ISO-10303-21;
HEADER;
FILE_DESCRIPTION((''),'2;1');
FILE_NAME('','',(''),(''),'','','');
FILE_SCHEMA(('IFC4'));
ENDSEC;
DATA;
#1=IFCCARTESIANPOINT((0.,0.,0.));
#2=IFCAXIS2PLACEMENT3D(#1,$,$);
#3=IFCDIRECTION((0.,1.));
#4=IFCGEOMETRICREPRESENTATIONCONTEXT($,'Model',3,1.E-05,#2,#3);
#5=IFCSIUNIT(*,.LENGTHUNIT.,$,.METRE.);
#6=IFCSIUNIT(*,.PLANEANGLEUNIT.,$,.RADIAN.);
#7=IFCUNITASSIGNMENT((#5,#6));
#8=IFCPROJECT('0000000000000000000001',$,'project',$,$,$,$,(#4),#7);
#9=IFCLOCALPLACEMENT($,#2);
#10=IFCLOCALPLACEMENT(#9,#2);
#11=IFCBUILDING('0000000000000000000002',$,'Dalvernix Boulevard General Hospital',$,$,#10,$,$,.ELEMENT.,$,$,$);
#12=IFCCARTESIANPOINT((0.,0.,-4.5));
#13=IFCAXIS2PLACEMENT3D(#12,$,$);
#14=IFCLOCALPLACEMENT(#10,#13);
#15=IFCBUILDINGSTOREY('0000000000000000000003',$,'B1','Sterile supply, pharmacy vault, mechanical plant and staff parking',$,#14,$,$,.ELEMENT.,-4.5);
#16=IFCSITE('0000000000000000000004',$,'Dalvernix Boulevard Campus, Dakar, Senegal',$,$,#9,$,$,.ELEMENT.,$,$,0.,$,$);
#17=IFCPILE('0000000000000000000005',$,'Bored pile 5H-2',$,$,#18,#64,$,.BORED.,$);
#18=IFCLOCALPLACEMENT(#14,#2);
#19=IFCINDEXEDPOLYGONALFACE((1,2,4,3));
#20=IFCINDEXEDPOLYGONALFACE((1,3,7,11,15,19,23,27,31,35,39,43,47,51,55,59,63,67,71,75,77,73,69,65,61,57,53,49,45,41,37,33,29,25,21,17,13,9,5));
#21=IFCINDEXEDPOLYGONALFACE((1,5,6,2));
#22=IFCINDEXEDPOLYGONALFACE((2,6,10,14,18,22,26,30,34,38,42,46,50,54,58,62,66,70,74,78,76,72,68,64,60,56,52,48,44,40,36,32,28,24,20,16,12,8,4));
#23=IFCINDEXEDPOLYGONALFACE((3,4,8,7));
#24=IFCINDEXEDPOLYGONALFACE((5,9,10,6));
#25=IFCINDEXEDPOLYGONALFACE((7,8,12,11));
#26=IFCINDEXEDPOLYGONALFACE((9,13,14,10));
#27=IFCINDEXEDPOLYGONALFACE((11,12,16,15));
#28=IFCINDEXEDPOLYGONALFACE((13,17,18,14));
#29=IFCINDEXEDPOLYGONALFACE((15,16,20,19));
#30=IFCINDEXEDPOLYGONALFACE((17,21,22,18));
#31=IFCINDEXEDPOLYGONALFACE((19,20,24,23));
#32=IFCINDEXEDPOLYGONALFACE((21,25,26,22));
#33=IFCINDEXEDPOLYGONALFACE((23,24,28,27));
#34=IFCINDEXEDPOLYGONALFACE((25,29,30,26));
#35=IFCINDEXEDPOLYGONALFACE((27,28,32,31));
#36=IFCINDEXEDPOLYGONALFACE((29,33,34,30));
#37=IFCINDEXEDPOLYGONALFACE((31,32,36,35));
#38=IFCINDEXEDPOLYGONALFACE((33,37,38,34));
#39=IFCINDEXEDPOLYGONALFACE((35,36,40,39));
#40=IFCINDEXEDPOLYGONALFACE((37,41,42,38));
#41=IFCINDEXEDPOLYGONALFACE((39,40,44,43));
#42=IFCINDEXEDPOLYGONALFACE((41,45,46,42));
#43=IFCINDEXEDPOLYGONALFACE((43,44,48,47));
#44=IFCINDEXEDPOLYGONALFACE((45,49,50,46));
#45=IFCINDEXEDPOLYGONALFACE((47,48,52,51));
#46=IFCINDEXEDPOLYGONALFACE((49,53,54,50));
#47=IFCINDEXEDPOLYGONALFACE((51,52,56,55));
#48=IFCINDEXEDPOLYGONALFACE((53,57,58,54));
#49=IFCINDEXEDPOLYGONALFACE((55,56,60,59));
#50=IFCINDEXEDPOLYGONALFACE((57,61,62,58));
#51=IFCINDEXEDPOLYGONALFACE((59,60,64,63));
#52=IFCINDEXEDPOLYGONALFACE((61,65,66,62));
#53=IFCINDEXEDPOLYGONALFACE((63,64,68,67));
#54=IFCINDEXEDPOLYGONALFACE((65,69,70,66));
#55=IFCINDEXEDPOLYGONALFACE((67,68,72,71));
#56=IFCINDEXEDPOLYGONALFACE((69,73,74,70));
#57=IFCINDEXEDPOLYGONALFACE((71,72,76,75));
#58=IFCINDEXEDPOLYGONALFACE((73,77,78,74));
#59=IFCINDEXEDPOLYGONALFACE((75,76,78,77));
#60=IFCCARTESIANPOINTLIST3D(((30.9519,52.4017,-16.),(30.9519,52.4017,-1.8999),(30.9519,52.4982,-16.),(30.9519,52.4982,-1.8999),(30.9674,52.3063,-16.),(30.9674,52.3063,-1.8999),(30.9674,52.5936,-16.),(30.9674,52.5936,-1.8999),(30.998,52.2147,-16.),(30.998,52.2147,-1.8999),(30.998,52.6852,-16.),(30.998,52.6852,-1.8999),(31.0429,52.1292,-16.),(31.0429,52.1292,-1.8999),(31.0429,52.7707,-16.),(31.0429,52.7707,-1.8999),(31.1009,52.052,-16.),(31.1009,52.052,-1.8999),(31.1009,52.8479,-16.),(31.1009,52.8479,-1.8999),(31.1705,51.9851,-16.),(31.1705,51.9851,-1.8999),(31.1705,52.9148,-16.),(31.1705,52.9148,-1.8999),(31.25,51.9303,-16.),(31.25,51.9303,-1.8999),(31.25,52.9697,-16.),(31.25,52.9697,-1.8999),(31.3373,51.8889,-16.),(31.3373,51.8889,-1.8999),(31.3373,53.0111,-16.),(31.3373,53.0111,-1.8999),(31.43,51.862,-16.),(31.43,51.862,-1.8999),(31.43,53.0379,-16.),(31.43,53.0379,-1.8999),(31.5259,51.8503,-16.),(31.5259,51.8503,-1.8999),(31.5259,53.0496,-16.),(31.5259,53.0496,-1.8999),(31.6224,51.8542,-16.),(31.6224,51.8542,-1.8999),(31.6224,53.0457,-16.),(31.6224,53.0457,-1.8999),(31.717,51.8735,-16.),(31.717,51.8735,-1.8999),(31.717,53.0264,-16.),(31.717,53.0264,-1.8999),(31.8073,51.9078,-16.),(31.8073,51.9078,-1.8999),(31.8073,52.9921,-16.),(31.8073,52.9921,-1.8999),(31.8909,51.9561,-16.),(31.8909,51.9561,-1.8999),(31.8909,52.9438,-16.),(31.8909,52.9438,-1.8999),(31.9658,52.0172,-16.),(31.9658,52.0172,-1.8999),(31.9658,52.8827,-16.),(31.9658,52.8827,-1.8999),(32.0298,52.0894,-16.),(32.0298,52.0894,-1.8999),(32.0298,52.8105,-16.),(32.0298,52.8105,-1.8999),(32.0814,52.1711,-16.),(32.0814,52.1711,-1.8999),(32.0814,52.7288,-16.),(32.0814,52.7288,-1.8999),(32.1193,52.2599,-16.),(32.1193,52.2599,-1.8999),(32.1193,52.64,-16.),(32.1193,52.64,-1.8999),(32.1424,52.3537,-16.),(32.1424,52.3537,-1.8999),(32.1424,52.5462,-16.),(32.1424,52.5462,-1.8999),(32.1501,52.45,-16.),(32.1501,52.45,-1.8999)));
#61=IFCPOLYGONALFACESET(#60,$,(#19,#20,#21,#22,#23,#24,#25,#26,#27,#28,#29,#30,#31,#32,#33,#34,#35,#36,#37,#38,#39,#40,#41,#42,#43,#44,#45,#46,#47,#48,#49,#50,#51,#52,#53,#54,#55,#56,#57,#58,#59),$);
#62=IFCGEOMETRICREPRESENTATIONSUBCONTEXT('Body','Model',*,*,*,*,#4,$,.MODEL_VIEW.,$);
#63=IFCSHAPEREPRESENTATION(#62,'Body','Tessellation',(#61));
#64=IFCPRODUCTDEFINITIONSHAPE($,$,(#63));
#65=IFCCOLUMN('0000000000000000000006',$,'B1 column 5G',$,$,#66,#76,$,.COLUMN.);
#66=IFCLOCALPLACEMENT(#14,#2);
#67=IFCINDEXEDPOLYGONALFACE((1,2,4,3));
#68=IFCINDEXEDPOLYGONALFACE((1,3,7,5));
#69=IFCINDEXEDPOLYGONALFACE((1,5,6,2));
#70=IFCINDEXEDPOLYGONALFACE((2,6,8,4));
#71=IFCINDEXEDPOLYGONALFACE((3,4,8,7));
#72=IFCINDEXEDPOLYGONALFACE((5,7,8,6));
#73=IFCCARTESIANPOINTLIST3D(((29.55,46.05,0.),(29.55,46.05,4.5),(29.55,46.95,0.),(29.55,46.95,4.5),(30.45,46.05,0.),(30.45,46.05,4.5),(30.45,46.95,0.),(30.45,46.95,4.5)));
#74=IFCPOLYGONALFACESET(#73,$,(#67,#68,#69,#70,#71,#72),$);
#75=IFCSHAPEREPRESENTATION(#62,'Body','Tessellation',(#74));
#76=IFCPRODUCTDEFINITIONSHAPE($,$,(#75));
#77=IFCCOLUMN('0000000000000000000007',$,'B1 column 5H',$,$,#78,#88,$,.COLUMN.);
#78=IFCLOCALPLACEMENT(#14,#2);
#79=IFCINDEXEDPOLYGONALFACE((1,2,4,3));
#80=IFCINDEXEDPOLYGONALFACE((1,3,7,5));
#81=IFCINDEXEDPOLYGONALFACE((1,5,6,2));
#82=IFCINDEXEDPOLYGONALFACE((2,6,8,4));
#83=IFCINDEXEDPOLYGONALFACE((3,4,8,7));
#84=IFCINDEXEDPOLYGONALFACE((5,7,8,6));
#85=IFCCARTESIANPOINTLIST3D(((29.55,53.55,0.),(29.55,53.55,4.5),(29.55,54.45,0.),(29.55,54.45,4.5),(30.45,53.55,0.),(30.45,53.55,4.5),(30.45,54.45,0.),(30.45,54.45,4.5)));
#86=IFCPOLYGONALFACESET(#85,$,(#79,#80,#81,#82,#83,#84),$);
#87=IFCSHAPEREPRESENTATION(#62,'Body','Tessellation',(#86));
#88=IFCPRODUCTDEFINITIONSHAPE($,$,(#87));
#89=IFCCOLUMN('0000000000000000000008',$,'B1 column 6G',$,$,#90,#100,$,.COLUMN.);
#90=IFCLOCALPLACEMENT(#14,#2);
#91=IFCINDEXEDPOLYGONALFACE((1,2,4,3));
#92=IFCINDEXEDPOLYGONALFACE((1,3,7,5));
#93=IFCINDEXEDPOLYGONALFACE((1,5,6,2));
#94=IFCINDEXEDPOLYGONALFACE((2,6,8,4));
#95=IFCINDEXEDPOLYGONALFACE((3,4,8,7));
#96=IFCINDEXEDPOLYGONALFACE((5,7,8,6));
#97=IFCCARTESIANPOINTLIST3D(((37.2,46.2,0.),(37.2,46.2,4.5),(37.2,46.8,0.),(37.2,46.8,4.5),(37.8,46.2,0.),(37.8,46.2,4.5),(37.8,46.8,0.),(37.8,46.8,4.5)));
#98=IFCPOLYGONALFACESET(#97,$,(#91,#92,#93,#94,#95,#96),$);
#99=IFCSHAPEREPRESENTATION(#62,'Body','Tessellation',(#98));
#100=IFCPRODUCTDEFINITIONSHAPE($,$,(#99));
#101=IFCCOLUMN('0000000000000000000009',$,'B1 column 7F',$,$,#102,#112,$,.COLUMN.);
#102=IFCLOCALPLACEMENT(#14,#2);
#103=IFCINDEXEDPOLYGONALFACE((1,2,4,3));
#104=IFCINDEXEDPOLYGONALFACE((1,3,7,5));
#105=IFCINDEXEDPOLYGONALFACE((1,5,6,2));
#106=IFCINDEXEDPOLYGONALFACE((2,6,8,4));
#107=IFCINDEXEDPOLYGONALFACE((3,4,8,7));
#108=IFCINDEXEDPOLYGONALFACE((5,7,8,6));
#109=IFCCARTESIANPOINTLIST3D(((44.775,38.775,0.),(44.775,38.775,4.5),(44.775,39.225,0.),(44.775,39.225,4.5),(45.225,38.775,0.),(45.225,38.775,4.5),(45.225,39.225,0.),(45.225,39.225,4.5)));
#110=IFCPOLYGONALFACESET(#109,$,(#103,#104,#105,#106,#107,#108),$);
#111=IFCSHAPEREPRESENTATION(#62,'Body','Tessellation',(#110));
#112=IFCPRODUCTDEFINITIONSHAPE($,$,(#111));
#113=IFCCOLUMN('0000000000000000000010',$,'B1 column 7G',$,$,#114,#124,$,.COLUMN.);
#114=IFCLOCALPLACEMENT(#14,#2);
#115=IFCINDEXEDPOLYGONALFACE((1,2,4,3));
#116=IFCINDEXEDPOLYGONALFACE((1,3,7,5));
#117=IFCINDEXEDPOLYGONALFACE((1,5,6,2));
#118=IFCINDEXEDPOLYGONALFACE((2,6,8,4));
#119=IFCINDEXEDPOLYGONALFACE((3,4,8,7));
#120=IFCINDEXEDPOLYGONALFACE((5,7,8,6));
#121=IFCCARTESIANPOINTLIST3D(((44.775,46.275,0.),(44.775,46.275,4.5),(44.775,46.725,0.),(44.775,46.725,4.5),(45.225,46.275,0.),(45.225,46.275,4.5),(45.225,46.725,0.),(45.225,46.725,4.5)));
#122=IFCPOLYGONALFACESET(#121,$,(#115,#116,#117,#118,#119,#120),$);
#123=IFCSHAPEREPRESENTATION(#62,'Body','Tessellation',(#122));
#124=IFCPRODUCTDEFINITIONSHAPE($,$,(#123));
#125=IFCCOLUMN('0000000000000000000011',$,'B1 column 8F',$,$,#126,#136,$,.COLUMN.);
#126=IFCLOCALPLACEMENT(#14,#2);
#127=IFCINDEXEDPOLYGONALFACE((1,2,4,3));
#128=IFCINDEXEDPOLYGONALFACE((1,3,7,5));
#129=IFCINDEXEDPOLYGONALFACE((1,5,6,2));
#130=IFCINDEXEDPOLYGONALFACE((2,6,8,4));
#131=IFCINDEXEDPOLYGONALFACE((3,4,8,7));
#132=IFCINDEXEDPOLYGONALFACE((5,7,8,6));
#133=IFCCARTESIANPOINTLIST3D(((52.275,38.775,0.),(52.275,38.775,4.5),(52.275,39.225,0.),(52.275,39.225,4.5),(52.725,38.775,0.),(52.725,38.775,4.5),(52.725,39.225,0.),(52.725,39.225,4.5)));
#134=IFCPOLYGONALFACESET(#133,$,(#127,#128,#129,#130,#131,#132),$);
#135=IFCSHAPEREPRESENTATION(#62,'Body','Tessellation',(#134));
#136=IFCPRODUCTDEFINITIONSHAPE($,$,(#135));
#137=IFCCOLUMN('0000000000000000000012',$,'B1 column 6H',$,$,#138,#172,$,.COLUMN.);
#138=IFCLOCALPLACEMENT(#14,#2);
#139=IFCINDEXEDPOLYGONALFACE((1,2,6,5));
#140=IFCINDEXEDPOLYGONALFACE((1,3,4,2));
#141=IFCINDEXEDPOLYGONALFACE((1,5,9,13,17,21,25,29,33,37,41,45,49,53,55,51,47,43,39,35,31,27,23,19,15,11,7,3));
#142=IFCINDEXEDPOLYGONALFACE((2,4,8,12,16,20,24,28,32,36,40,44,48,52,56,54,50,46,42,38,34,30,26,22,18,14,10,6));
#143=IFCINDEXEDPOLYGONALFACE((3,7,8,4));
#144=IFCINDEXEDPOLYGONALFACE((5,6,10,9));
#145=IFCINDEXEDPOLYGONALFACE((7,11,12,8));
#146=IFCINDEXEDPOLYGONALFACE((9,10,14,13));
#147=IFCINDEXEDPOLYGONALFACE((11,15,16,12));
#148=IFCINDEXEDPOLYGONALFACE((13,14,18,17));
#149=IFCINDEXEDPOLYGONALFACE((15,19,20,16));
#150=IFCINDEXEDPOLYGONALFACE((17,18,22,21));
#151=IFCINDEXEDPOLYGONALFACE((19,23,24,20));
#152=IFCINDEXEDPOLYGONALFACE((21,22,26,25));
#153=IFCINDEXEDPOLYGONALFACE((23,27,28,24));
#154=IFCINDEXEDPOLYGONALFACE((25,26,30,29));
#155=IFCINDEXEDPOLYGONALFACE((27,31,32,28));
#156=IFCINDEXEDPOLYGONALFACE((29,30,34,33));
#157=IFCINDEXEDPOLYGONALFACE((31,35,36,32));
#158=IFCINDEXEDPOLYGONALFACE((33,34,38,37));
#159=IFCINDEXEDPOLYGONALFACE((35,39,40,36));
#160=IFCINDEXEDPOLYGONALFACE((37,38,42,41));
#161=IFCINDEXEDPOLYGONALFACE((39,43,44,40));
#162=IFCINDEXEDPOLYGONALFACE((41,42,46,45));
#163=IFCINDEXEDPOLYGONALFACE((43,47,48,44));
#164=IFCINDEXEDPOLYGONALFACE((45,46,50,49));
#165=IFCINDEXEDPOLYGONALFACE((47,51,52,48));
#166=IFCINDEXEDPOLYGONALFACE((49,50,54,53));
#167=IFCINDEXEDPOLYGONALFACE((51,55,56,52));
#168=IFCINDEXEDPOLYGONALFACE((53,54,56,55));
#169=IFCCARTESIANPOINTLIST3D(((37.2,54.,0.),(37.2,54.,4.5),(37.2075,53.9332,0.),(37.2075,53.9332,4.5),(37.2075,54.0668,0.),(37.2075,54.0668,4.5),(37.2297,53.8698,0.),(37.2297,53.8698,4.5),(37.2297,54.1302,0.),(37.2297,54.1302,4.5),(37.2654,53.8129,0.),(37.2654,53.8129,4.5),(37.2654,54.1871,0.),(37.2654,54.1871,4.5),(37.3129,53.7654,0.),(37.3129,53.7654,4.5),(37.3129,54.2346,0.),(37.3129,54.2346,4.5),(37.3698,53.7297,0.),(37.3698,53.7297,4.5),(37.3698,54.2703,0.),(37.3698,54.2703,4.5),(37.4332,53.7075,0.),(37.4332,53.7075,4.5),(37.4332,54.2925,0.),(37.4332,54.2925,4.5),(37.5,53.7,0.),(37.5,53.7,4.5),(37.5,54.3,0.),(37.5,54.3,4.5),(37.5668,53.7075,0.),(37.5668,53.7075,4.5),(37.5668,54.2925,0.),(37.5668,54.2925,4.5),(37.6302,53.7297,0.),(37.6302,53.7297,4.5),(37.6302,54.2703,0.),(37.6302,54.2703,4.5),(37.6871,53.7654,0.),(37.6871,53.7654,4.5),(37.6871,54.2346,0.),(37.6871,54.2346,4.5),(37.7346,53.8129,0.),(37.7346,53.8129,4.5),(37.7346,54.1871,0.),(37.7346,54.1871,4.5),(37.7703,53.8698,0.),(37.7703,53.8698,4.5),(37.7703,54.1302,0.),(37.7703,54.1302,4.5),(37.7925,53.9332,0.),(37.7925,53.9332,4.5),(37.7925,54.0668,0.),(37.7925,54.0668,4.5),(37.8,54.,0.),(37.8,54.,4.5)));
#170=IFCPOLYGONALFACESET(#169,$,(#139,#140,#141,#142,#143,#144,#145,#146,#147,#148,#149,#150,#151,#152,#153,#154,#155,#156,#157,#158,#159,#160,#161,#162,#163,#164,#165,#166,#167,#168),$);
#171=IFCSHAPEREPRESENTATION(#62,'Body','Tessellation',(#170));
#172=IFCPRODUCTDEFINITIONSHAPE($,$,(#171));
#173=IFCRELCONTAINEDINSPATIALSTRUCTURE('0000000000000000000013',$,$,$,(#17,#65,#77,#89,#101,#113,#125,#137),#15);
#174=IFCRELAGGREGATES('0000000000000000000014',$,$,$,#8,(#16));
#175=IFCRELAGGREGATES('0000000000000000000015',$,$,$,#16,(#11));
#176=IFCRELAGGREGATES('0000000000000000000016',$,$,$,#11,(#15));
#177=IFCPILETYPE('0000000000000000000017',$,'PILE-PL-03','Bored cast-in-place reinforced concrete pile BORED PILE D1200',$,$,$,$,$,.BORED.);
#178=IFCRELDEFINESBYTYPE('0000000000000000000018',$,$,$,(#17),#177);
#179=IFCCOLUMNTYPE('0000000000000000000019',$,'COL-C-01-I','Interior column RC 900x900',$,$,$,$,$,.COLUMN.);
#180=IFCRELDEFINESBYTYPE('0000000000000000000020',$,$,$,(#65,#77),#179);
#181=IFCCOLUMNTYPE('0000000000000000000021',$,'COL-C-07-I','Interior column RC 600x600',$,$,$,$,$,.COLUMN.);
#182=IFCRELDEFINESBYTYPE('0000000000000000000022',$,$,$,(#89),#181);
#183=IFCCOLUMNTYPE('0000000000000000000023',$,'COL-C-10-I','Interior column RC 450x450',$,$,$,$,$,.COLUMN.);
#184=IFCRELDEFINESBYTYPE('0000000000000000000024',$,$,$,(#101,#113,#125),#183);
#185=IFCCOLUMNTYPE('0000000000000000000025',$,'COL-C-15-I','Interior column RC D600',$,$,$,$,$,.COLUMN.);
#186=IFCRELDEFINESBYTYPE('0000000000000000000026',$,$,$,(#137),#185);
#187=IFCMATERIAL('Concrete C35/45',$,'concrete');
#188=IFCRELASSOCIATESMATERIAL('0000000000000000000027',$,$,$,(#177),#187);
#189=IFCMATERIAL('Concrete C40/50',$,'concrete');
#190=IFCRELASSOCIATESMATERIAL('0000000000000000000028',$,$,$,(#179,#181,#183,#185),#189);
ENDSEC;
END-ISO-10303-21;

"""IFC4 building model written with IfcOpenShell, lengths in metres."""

from ifc_helpers import new_model, si_unit, direction, frame, origin, origin_2d, place, context, subcontext, project, spatial, rectangle, circle, extrude, material, material_profile, profile_set, type_object, element, save


model = new_model("IFC4")

# Units and contexts
model_context = context("Model", 3, precision=1e-05, world=origin(), true_north=direction((0.0, 1.0)))
body_context = subcontext(model_context, "Body", "Model", "MODEL_VIEW")
ifc_project = project(units=[si_unit("LENGTHUNIT", "METRE"), si_unit("PLANEANGLEUNIT", "RADIAN")], contexts=[model_context])

# Site, building, storey
site_placement = place(None, origin())
site = spatial("IfcSite", under=ifc_project, at=site_placement, Name="Dalvernix Boulevard Campus, Dakar, Senegal", CompositionType="ELEMENT", RefElevation=0.0)
building_placement = place(site_placement, origin())
building = spatial("IfcBuilding", under=site, at=building_placement, Name="Dalvernix Boulevard General Hospital", CompositionType="ELEMENT")
storey_placement = place(building_placement, frame((0.0, 0.0, -4.5)))
storey = spatial("IfcBuildingStorey", under=building, at=storey_placement, Name="B1", Description="Sterile supply, pharmacy vault, mechanical plant and staff parking", CompositionType="ELEMENT", Elevation=-4.5)

# Shared definitions
ifc_material_1 = material(Name="Concrete C35/45", Category="concrete")
ifc_material_2 = material(Name="Concrete C40/50", Category="concrete")

# Pile
ifc_material_profile_1 = material_profile(ifc_material_1, circle(Radius=0.6001, at=origin_2d()), Name="BORED PILE D1200")
ifc_profile_set_1 = profile_set([ifc_material_profile_1], Name="Concrete C35/45")
pile_type_1 = type_object("IfcPileType", Name="PILE-PL-03", Description="Bored cast-in-place reinforced concrete pile BORED PILE D1200", PredefinedType="BORED", material=ifc_profile_set_1)
for number, where, z_axis, x_axis, name in (
    (1, (31.55, 52.45, -1.8999), (0.0, 0.0, -1.0), (1.0, 0.0, 0.0), "Bored pile 5H-2"),
):
    element("IfcPile", number, at=place(storey_placement, frame(where, z_axis=z_axis, x_axis=x_axis)), inside=storey, type_object=pile_type_1, Name=name, PredefinedType="BORED", context=body_context, shape_type="SweptSolid", body=[
        extrude(circle(Radius=0.6001, at=origin_2d()), origin(), (0.0, 0.0, 1.0), 14.1001),
    ])

# Columns
ifc_material_profile_2 = material_profile(ifc_material_2, rectangle(XDim=0.8999, YDim=0.8999, at=origin_2d()), Name="RC 900x900")
ifc_profile_set_2 = profile_set([ifc_material_profile_2], Name="Concrete C40/50")
column_type_1 = type_object("IfcColumnType", Name="COL-C-01-I", Description="Interior column RC 900x900", PredefinedType="COLUMN", material=ifc_profile_set_2)
for number, where, z_axis, x_axis, name in (
    (2, (30.0, 46.5, 0.0), (0.0, 0.0, 1.0), (1.0, 0.0, 0.0), "B1 column 5G"),
    (3, (30.0, 54.0, 0.0), (0.0, 0.0, 1.0), (1.0, 0.0, 0.0), "B1 column 5H"),
):
    element("IfcColumn", number, at=place(storey_placement, frame(where, z_axis=z_axis, x_axis=x_axis)), inside=storey, type_object=column_type_1, Name=name, PredefinedType="COLUMN", context=body_context, shape_type="SweptSolid", body=[
        extrude(rectangle(XDim=0.8999, YDim=0.8999, at=origin_2d()), origin(), (0.0, 0.0, 1.0), 4.5),
    ])
ifc_material_profile_3 = material_profile(ifc_material_2, rectangle(XDim=0.6001, YDim=0.6001, at=origin_2d()), Name="RC 600x600")
ifc_profile_set_3 = profile_set([ifc_material_profile_3], Name="Concrete C40/50")
column_type_2 = type_object("IfcColumnType", Name="COL-C-07-I", Description="Interior column RC 600x600", PredefinedType="COLUMN", material=ifc_profile_set_3)
column_1_placement = place(storey_placement, frame((37.5, 46.5, 0.0), z_axis=(0.0, 0.0, 1.0), x_axis=(1.0, 0.0, 0.0)))
element("IfcColumn", 4, at=column_1_placement, inside=storey, type_object=column_type_2, Name="B1 column 6G", PredefinedType="COLUMN", context=body_context, shape_type="SweptSolid", body=[
    extrude(rectangle(XDim=0.6001, YDim=0.6001, at=origin_2d()), origin(), (0.0, 0.0, 1.0), 4.5),
])
ifc_material_profile_4 = material_profile(ifc_material_2, rectangle(XDim=0.45, YDim=0.45, at=origin_2d()), Name="RC 450x450")
ifc_profile_set_4 = profile_set([ifc_material_profile_4], Name="Concrete C40/50")
column_type_3 = type_object("IfcColumnType", Name="COL-C-10-I", Description="Interior column RC 450x450", PredefinedType="COLUMN", material=ifc_profile_set_4)
for number, where, z_axis, x_axis, name in (
    (5, (45.0, 39.0, 0.0), (0.0, 0.0, 1.0), (1.0, 0.0, 0.0), "B1 column 7F"),
    (6, (45.0, 46.5, 0.0), (0.0, 0.0, 1.0), (1.0, 0.0, 0.0), "B1 column 7G"),
    (7, (52.5, 39.0, 0.0), (0.0, 0.0, 1.0), (1.0, 0.0, 0.0), "B1 column 8F"),
):
    element("IfcColumn", number, at=place(storey_placement, frame(where, z_axis=z_axis, x_axis=x_axis)), inside=storey, type_object=column_type_3, Name=name, PredefinedType="COLUMN", context=body_context, shape_type="SweptSolid", body=[
        extrude(rectangle(XDim=0.45, YDim=0.45, at=origin_2d()), origin(), (0.0, 0.0, 1.0), 4.5),
    ])
ifc_material_profile_5 = material_profile(ifc_material_2, circle(Radius=0.3, at=origin_2d()), Name="RC D600")
ifc_profile_set_5 = profile_set([ifc_material_profile_5], Name="Concrete C40/50")
column_type_4 = type_object("IfcColumnType", Name="COL-C-15-I", Description="Interior column RC D600", PredefinedType="COLUMN", material=ifc_profile_set_5)
column_2_placement = place(storey_placement, frame((37.5, 54.0, 0.0), z_axis=(0.0, 0.0, 1.0), x_axis=(1.0, 0.0, 0.0)))
element("IfcColumn", 8, at=column_2_placement, inside=storey, type_object=column_type_4, Name="B1 column 6H", PredefinedType="COLUMN", context=body_context, shape_type="SweptSolid", body=[
    extrude(circle(Radius=0.3, at=origin_2d()), origin(), (0.0, 0.0, 1.0), 4.5),
])

save(model, "model.ifc")
